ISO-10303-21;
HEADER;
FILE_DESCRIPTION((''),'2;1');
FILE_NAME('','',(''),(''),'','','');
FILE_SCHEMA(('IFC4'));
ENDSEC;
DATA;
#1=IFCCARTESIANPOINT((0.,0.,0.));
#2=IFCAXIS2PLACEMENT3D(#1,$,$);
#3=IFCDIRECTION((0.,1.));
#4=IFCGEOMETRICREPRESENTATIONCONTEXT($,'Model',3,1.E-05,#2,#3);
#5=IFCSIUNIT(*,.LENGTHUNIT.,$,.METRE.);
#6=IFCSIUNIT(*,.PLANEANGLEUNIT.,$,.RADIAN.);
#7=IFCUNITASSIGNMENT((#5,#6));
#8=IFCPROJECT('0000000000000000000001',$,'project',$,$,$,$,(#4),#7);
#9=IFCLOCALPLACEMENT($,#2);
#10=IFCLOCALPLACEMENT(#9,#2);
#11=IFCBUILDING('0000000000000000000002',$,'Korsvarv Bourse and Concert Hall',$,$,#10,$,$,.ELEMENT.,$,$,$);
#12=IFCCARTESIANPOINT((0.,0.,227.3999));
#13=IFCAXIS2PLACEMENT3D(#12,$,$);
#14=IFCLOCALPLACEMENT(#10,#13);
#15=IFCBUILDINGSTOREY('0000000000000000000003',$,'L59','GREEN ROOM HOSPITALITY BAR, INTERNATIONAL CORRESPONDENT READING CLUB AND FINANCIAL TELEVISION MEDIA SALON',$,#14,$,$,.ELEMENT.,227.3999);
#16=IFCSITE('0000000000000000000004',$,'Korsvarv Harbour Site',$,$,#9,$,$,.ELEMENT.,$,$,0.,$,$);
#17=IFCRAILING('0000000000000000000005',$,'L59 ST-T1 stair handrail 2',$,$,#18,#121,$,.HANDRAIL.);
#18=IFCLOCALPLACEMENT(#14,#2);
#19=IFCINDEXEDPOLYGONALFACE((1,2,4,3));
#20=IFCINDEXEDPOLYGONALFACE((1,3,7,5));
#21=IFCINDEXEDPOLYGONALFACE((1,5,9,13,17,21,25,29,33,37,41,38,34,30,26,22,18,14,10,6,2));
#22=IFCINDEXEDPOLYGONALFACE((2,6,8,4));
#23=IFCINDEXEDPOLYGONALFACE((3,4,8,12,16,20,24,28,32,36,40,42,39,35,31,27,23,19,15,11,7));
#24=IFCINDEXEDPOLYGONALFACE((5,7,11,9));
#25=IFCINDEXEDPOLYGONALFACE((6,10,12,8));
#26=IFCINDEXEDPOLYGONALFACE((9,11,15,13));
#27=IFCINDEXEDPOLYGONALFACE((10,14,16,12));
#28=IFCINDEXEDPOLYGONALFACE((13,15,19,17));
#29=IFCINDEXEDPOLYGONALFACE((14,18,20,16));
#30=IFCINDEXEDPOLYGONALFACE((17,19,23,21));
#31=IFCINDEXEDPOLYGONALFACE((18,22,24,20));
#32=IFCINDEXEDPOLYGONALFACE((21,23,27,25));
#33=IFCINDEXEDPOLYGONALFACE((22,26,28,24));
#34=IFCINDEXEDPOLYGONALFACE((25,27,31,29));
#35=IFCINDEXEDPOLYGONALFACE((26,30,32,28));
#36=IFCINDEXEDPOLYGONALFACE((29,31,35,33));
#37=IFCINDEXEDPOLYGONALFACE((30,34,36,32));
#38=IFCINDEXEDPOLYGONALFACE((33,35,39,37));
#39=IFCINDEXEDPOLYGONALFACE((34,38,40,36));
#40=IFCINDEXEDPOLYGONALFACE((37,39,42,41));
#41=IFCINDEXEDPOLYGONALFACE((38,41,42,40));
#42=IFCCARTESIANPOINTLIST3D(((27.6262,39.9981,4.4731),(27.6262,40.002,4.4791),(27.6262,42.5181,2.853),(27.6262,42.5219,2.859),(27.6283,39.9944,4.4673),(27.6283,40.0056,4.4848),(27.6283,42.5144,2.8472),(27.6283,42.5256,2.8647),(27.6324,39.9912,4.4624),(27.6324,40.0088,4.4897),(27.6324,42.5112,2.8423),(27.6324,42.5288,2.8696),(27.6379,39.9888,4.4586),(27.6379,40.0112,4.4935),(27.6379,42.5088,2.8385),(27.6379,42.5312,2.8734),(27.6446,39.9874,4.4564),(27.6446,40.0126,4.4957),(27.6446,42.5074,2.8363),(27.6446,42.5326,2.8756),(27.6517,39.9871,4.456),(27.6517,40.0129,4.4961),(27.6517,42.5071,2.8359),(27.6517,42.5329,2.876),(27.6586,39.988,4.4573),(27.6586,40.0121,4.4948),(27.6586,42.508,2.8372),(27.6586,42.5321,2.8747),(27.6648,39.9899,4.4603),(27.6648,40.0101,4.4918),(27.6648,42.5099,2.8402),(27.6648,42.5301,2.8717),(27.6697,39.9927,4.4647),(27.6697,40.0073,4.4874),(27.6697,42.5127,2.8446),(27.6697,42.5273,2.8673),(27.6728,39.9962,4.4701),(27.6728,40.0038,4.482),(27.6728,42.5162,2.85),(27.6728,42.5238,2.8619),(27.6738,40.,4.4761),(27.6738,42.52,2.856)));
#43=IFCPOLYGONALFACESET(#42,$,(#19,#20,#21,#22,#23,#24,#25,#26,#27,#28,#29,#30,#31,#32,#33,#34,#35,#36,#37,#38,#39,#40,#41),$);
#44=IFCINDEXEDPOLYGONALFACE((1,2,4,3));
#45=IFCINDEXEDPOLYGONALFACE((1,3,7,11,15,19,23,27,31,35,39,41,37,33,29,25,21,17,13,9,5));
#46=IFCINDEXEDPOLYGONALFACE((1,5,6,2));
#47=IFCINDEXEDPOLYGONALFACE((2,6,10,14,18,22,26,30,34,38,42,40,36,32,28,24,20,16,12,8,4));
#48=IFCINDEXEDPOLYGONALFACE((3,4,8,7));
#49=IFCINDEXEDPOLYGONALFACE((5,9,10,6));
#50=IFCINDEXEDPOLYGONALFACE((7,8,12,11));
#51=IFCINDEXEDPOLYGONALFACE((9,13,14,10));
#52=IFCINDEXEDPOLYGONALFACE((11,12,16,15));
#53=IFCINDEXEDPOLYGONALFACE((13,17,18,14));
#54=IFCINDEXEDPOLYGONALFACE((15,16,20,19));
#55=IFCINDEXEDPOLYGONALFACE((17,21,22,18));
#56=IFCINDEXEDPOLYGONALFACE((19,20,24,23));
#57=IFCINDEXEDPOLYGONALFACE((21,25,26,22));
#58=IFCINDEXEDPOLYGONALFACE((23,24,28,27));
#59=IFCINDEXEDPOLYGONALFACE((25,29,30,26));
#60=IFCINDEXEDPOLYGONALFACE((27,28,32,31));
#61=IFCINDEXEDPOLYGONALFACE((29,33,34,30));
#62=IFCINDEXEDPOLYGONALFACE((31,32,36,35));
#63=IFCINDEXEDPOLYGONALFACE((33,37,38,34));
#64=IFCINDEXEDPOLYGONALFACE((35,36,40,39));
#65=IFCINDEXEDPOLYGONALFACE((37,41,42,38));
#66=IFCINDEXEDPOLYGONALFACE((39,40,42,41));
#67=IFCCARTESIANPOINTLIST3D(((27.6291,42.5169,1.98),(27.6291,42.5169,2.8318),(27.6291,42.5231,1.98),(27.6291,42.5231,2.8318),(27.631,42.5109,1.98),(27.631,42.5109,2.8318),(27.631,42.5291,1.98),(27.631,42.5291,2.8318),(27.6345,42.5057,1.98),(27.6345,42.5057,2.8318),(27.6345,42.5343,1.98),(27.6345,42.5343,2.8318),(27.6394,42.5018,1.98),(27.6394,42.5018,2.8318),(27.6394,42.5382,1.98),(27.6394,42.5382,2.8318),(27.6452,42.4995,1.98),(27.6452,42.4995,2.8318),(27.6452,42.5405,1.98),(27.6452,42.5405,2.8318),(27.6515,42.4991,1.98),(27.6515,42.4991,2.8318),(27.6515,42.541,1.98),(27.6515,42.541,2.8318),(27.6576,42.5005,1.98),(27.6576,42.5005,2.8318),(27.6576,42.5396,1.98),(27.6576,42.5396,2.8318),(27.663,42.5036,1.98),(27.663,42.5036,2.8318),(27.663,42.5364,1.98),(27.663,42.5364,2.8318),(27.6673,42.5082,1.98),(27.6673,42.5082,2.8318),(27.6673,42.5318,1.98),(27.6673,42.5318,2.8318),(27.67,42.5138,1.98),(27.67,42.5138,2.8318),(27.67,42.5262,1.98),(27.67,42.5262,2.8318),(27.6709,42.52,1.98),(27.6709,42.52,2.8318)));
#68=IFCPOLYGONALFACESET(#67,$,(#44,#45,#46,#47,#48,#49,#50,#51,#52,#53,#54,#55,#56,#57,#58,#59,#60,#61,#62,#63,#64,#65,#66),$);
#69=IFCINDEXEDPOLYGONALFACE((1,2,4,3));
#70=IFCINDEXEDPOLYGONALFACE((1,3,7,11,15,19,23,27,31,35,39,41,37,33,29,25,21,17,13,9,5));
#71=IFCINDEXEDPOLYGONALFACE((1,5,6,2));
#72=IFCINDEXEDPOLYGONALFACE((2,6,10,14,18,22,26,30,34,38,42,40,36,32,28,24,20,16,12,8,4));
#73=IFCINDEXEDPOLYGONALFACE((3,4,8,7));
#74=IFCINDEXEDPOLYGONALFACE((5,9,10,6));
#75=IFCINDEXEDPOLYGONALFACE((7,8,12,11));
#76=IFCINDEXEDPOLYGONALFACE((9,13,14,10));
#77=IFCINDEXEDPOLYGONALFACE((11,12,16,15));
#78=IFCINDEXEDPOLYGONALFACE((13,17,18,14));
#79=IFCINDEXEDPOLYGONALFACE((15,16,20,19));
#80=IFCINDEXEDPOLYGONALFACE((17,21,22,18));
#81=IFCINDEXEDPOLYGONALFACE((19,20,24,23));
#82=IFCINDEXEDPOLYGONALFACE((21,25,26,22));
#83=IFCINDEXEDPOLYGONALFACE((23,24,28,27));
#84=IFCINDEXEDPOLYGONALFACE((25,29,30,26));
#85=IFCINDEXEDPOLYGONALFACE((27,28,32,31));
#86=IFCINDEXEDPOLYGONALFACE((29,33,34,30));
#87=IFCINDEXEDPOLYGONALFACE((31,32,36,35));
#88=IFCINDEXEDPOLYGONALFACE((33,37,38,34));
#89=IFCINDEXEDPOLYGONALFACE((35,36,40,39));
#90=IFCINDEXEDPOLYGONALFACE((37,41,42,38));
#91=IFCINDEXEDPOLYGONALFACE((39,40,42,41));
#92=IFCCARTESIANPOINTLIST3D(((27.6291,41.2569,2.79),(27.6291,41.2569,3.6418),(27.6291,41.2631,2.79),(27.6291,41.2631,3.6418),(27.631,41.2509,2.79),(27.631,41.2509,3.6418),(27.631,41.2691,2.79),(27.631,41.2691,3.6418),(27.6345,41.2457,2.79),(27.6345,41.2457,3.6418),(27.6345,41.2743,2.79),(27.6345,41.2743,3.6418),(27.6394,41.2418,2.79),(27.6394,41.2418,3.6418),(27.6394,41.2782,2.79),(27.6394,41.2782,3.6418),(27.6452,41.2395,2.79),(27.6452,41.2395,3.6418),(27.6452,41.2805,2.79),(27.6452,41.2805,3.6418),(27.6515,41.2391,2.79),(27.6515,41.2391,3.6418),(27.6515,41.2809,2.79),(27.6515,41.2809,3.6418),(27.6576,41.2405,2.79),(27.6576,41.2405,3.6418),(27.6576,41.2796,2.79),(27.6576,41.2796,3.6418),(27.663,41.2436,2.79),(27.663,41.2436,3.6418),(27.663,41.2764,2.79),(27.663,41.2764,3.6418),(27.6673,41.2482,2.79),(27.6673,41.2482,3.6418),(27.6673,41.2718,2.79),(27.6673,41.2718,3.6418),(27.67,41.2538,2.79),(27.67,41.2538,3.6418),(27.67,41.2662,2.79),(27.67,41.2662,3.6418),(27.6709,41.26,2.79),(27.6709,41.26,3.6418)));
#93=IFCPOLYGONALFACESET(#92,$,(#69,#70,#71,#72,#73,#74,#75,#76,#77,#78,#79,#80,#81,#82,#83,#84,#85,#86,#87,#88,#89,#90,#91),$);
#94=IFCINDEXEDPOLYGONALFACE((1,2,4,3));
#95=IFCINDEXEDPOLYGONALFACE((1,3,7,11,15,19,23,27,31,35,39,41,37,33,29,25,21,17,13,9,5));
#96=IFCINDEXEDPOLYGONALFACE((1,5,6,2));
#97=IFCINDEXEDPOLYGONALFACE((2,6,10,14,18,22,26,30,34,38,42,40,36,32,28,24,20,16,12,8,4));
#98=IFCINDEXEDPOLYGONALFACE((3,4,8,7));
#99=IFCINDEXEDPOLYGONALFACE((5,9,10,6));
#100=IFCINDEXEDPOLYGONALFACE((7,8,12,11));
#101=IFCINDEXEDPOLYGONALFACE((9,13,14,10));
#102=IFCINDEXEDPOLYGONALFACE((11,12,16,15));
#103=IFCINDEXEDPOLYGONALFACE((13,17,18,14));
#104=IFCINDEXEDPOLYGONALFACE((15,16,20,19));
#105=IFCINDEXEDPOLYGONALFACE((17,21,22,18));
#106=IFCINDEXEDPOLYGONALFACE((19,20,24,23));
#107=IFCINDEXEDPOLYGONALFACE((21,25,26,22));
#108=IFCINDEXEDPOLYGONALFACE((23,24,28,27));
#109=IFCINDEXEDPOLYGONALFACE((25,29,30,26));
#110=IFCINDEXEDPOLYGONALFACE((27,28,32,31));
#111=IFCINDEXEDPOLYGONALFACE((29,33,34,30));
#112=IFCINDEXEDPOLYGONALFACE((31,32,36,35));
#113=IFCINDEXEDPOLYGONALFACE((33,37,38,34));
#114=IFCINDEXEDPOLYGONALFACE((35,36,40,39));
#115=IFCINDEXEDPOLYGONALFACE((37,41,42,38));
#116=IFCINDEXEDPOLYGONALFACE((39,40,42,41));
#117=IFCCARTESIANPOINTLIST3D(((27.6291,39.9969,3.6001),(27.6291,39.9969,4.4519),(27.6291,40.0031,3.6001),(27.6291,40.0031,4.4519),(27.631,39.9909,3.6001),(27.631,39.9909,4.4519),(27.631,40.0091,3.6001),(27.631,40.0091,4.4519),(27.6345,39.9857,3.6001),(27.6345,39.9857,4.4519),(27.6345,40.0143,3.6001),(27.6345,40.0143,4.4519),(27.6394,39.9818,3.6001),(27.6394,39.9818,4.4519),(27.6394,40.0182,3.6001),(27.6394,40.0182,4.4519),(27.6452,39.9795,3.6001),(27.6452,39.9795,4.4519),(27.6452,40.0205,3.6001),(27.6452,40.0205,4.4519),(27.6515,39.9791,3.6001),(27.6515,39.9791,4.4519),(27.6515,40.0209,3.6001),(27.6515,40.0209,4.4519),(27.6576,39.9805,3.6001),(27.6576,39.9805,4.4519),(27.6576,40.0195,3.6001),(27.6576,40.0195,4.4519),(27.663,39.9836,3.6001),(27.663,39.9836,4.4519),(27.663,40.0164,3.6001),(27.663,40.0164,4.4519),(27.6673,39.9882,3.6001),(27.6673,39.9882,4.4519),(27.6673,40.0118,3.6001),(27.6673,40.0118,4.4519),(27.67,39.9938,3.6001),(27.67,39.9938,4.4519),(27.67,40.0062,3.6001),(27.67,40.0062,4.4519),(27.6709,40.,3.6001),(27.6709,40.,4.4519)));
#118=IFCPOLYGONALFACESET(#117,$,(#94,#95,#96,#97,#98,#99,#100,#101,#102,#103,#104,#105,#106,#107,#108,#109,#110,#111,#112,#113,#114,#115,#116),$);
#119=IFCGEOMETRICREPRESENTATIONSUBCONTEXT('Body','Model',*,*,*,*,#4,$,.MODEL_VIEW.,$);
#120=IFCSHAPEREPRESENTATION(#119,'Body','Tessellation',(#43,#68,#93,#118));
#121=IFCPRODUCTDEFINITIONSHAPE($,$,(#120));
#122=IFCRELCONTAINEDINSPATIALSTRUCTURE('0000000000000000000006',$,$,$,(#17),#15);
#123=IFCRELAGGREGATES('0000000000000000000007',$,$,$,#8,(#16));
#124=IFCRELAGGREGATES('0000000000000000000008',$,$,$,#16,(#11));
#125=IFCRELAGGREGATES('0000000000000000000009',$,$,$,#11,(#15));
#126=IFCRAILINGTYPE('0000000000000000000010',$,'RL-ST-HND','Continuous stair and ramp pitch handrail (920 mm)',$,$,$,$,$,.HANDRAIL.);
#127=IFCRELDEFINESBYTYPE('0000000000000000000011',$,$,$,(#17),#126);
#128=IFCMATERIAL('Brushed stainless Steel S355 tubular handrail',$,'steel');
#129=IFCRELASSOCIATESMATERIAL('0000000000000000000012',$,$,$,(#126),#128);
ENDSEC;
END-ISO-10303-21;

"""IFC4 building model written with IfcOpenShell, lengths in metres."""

from ifc_helpers import new_model, si_unit, direction, frame, origin, origin_2d, place, context, subcontext, project, spatial, circle, extrude, material, type_object, element, save


model = new_model("IFC4")

# Units and contexts
model_context = context("Model", 3, precision=1e-05, world=origin(), true_north=direction((0.0, 1.0)))
body_context = subcontext(model_context, "Body", "Model", "MODEL_VIEW")
ifc_project = project(units=[si_unit("LENGTHUNIT", "METRE"), si_unit("PLANEANGLEUNIT", "RADIAN")], contexts=[model_context])

# Site, building, storey
site_placement = place(None, origin())
site = spatial("IfcSite", under=ifc_project, at=site_placement, Name="Korsvarv Harbour Site", CompositionType="ELEMENT", RefElevation=0.0)
building_placement = place(site_placement, origin())
building = spatial("IfcBuilding", under=site, at=building_placement, Name="Korsvarv Bourse and Concert Hall", CompositionType="ELEMENT")
storey_placement = place(building_placement, frame((0.0, 0.0, 227.3999)))
storey = spatial("IfcBuildingStorey", under=building, at=storey_placement, Name="L59", Description="GREEN ROOM HOSPITALITY BAR, INTERNATIONAL CORRESPONDENT READING CLUB AND FINANCIAL TELEVISION MEDIA SALON", CompositionType="ELEMENT", Elevation=227.3999)

# Railing
ifc_material_1 = material(Name="Brushed stainless Steel S355 tubular handrail", Category="steel")
railing_type_1 = type_object("IfcRailingType", Name="RL-ST-HND", Description="Continuous stair and ramp pitch handrail (920 mm)", PredefinedType="HANDRAIL", material=ifc_material_1)
railing_1_placement = place(storey_placement, frame((27.6499, 42.52, 1.98)))
element("IfcRailing", 1, at=railing_1_placement, inside=storey, type_object=railing_type_1, Name="L59 ST-T1 stair handrail 2", PredefinedType="HANDRAIL", context=body_context, shape_type="SweptSolid", body=[
    extrude(circle(Radius=0.0239, at=origin_2d()), frame((0.0, 0.0, 0.876), z_axis=(0.0, -0.841163, 0.540782), x_axis=(1.0, 0.0, 0.0)), (0.0, 0.0, 1.0), 2.9958),
    extrude(circle(Radius=0.021, at=origin_2d()), origin(), (0.0, 0.0, 1.0), 0.8518),
    extrude(circle(Radius=0.021, at=origin_2d()), frame((0.0, -1.26, 0.8101)), (0.0, 0.0, 1.0), 0.8518),
    extrude(circle(Radius=0.021, at=origin_2d()), frame((0.0, -2.52, 1.6201)), (0.0, 0.0, 1.0), 0.8518),
])

save(model, "model.ifc")
